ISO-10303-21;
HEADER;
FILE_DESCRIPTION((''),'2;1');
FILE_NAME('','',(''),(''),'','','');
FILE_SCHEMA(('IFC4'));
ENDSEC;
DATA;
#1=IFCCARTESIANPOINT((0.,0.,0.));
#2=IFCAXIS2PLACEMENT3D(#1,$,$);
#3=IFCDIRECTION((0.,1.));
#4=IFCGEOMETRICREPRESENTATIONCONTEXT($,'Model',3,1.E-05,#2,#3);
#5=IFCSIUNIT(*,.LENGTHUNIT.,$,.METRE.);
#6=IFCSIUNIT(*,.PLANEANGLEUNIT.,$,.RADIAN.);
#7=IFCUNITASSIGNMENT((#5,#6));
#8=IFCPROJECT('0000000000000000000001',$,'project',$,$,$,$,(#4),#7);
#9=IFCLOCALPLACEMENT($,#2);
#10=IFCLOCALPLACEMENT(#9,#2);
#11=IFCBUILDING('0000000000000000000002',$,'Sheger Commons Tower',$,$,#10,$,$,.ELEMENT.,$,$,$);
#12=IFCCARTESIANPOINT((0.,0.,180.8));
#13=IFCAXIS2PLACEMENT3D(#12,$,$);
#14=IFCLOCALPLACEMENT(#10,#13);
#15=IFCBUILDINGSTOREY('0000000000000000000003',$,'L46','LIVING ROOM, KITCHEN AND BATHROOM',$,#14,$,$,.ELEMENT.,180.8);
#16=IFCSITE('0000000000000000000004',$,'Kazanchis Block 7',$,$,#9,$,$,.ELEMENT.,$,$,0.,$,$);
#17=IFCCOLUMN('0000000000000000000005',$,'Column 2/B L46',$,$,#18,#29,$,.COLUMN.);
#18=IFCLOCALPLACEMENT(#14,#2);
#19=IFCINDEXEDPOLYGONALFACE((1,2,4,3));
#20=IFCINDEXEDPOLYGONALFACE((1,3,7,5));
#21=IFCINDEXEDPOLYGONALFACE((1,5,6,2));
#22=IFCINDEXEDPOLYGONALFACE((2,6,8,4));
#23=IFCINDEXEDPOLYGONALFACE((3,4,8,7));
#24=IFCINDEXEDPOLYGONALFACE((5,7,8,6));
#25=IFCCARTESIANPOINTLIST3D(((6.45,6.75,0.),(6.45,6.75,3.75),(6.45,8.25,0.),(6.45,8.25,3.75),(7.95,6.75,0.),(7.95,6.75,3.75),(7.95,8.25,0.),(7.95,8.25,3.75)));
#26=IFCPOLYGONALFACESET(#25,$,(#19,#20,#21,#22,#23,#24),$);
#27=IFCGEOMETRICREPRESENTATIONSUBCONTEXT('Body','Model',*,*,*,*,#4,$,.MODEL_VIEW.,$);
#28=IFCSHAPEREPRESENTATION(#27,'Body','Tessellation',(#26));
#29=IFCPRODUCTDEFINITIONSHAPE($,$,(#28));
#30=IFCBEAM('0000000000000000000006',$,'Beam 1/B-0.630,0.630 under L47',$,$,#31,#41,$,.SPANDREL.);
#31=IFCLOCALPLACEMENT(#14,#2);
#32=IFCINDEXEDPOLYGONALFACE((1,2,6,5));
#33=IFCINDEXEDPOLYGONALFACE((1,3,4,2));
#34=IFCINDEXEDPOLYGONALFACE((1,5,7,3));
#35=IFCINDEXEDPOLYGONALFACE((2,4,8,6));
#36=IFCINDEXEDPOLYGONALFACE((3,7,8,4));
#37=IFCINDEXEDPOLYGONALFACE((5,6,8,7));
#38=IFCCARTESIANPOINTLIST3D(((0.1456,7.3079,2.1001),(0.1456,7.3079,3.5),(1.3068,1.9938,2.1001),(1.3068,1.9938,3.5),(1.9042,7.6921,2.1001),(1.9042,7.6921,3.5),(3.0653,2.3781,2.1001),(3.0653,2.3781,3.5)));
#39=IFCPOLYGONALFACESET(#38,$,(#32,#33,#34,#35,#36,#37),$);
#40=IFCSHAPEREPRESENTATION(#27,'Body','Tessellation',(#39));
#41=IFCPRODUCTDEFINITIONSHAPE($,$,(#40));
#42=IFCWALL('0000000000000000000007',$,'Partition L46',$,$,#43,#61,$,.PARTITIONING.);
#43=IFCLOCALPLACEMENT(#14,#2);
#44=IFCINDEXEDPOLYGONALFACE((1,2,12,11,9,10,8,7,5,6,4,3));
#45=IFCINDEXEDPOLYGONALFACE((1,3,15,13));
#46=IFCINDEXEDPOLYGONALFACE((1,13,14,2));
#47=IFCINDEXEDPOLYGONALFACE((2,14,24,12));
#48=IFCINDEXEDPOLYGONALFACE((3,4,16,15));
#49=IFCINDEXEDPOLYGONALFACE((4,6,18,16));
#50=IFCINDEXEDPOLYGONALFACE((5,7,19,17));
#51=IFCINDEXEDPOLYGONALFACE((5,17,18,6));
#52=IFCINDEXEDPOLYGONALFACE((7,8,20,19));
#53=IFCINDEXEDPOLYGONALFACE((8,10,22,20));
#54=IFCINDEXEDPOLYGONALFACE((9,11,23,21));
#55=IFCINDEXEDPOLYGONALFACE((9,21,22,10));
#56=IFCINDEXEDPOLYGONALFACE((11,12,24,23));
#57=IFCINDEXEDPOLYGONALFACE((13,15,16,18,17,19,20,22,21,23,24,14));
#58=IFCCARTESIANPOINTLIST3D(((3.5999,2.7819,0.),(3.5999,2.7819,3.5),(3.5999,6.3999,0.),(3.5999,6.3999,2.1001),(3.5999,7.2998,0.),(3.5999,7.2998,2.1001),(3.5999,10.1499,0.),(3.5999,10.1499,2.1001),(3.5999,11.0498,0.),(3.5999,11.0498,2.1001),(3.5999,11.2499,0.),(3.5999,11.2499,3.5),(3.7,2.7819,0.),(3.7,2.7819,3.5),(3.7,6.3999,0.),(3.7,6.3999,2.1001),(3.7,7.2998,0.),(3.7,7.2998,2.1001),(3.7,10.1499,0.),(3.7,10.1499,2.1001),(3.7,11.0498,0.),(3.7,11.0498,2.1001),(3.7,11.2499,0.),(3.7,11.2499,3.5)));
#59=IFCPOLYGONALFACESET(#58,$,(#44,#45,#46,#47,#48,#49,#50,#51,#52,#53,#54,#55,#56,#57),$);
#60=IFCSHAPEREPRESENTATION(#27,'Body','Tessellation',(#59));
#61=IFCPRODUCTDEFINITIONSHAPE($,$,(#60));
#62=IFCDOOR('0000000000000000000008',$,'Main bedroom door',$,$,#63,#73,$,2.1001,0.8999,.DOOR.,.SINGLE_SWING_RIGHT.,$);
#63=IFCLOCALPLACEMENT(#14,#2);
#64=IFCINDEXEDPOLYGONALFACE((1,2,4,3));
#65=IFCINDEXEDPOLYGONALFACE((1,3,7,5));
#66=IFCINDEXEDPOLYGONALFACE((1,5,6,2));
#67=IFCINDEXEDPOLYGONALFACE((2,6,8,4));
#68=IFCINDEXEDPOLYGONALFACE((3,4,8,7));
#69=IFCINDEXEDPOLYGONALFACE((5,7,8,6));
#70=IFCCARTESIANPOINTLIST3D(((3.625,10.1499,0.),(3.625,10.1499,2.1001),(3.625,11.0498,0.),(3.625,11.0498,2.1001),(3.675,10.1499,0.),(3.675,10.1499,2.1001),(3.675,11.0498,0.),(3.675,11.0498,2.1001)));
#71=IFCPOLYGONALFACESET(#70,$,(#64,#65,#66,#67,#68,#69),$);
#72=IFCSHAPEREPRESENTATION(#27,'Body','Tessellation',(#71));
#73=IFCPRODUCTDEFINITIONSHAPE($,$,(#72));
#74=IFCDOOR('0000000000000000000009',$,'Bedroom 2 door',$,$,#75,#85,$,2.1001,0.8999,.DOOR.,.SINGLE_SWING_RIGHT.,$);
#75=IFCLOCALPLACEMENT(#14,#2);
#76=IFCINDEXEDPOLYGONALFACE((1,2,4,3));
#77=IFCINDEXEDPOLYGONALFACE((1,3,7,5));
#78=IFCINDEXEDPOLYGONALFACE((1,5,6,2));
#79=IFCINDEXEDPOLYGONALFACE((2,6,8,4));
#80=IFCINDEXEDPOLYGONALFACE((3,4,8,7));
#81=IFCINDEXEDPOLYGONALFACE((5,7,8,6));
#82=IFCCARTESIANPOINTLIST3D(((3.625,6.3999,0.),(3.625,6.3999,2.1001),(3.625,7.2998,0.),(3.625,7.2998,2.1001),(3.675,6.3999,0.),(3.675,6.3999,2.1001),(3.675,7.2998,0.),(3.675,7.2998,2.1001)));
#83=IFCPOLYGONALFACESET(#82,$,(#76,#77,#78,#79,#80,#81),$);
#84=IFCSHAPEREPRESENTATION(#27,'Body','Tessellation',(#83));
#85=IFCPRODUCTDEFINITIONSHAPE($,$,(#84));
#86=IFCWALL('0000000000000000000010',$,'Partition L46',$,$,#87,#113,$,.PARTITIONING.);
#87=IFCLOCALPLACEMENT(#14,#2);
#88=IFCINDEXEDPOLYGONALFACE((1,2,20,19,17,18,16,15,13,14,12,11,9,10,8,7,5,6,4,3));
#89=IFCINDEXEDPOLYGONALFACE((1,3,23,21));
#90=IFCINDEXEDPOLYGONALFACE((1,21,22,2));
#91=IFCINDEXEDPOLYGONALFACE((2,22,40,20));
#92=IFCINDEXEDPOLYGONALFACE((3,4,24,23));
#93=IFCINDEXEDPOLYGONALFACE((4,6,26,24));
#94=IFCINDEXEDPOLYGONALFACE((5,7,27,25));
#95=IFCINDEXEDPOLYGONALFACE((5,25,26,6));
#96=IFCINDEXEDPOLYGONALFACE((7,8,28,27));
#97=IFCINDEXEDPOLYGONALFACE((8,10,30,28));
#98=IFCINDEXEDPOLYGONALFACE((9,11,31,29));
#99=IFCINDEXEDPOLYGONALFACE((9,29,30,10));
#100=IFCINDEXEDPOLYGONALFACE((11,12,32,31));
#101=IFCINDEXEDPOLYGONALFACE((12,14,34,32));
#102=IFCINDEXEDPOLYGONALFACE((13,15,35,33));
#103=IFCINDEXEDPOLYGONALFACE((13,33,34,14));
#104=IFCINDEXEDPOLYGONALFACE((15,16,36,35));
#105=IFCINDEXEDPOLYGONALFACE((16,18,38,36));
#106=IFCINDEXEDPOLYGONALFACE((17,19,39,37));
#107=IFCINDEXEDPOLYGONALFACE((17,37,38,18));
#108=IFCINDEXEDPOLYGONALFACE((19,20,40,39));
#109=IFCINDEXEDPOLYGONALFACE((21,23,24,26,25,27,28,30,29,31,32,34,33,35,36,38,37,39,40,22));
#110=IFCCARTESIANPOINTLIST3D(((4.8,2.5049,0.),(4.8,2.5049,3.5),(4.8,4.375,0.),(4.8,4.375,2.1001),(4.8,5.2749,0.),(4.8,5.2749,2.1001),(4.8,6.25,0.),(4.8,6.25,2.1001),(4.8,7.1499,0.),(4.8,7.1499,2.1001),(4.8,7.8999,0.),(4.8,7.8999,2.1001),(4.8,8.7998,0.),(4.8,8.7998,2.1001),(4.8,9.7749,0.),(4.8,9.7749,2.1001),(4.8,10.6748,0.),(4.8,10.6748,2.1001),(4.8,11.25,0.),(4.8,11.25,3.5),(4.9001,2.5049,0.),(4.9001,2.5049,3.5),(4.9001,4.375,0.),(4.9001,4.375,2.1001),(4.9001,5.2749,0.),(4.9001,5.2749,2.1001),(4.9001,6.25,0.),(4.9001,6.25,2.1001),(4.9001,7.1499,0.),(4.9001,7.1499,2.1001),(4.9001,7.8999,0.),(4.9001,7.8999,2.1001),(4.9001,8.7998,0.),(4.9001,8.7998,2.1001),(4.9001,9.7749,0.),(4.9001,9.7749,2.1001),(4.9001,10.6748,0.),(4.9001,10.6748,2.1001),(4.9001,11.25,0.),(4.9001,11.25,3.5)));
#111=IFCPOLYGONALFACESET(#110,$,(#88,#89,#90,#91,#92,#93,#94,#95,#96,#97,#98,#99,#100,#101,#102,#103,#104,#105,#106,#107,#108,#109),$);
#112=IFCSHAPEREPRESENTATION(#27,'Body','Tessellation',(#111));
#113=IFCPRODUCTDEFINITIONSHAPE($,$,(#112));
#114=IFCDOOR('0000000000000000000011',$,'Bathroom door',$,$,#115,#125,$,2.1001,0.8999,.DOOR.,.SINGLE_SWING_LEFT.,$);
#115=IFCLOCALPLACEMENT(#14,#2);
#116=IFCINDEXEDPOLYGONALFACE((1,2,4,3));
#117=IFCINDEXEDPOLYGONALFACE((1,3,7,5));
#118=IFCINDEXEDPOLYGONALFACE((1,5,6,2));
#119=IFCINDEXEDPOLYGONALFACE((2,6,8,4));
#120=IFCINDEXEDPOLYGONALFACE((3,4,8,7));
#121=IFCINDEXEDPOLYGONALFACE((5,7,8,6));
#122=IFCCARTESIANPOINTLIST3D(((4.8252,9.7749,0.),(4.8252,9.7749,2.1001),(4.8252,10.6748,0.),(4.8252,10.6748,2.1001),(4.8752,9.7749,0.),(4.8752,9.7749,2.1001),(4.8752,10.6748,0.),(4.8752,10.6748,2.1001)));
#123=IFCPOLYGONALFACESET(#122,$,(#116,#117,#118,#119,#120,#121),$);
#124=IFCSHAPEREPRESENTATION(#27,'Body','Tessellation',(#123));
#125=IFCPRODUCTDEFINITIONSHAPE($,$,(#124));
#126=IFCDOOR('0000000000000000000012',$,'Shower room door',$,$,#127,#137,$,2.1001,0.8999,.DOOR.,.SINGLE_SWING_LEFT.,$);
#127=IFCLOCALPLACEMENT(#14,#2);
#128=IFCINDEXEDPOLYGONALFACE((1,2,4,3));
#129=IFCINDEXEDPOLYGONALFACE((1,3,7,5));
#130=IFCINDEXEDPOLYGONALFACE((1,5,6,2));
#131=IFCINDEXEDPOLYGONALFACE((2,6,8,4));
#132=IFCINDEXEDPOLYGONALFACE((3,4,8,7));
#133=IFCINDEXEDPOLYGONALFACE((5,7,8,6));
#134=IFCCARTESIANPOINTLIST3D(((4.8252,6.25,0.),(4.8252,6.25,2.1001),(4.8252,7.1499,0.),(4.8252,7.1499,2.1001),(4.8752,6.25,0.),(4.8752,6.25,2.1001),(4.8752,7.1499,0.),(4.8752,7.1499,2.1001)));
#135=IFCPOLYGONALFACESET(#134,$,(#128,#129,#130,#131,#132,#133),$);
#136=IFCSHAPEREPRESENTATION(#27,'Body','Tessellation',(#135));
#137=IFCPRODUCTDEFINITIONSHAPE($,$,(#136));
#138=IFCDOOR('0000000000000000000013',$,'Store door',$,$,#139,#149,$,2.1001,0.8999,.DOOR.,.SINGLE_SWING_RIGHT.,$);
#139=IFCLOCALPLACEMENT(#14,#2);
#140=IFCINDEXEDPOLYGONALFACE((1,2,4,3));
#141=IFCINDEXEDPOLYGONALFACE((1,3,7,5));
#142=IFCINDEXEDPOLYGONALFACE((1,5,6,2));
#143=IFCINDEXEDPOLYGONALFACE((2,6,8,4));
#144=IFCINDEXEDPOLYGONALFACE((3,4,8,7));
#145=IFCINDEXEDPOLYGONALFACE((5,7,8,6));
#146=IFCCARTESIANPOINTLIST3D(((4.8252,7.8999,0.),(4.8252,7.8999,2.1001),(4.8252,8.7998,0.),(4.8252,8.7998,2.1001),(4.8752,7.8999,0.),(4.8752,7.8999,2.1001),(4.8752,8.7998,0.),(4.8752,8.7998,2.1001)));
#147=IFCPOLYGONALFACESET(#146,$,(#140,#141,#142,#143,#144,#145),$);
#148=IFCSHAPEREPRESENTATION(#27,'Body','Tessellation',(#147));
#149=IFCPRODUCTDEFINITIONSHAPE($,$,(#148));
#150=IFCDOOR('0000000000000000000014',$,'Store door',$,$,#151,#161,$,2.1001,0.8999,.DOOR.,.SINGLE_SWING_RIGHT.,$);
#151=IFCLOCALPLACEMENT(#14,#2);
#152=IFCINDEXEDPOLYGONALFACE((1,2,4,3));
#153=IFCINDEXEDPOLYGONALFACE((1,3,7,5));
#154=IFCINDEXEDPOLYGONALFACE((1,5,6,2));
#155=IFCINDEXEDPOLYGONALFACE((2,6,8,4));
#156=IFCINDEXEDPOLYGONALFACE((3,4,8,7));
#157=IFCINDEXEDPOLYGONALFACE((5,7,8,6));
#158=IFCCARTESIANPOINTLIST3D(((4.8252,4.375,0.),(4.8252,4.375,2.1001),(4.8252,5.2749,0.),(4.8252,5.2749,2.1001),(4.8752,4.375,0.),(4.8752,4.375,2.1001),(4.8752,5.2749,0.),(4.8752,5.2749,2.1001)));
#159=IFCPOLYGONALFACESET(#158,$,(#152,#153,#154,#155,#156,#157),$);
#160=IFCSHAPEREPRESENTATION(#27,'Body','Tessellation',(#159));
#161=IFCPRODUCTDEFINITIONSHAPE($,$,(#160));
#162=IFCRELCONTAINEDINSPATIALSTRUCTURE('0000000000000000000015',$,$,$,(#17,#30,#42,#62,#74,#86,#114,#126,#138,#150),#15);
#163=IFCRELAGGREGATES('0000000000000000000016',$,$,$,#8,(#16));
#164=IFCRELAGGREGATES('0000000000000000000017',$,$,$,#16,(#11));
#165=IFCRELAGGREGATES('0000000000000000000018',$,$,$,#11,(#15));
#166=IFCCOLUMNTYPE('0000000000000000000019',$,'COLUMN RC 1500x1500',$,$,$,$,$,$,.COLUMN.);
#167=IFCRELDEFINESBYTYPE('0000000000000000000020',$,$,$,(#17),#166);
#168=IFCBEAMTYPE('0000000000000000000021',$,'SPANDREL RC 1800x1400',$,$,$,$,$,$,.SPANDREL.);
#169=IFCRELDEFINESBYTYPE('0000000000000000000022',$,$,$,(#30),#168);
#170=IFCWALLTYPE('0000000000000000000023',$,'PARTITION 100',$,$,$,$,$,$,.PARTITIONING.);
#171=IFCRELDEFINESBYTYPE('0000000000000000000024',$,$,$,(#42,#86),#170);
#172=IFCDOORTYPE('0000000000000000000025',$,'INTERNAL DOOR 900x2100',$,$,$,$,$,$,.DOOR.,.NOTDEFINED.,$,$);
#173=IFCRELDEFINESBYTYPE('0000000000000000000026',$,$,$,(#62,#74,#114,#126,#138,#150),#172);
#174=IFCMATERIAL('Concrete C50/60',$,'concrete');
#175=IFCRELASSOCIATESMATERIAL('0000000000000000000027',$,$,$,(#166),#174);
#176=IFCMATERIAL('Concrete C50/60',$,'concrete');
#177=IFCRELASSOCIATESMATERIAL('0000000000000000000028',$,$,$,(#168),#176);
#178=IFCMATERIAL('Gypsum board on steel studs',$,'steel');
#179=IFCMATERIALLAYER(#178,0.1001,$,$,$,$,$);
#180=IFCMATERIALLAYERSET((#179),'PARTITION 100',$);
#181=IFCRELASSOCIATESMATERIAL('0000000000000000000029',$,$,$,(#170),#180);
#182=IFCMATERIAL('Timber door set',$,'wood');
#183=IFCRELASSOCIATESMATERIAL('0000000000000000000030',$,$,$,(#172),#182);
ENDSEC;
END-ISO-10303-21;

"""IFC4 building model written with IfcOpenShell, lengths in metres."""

from ifc_helpers import new_model, si_unit, direction, frame, frame_2d, origin, origin_2d, place, context, subcontext, project, spatial, rectangle, extrude, material, layer, layer_set, material_profile, profile_set, type_object, element, fill, save


model = new_model("IFC4")

# Units and contexts
model_context = context("Model", 3, precision=1e-05, world=origin(), true_north=direction((0.0, 1.0)))
body_context = subcontext(model_context, "Body", "Model", "MODEL_VIEW")
ifc_project = project(units=[si_unit("LENGTHUNIT", "METRE"), si_unit("PLANEANGLEUNIT", "RADIAN")], contexts=[model_context])

# Site, building, storey
site_placement = place(None, origin())
site = spatial("IfcSite", under=ifc_project, at=site_placement, Name="Kazanchis Block 7", CompositionType="ELEMENT", RefElevation=0.0)
building_placement = place(site_placement, origin())
building = spatial("IfcBuilding", under=site, at=building_placement, Name="Sheger Commons Tower", CompositionType="ELEMENT")
storey_placement = place(building_placement, frame((0.0, 0.0, 180.8)))
storey = spatial("IfcBuildingStorey", under=building, at=storey_placement, Name="L46", Description="LIVING ROOM, KITCHEN AND BATHROOM", CompositionType="ELEMENT", Elevation=180.8)

# Column
ifc_material_1 = material(Name="Concrete C50/60", Category="concrete")
ifc_material_profile_1 = material_profile(ifc_material_1, rectangle(XDim=1.5, YDim=1.5, at=origin_2d()), Name="RC 1500x1500")
ifc_profile_set_1 = profile_set([ifc_material_profile_1], Name="Concrete C50/60")
column_type = type_object("IfcColumnType", Name="COLUMN RC 1500x1500", PredefinedType="COLUMN", material=ifc_profile_set_1)
column_placement = place(storey_placement, frame((7.2, 7.5, 0.0), z_axis=(0.0, 0.0, 1.0), x_axis=(1.0, 0.0, 0.0)))
element("IfcColumn", 1, at=column_placement, inside=storey, type_object=column_type, Name="Column 2/B L46", PredefinedType="COLUMN", context=body_context, shape_type="SweptSolid", body=[
    extrude(rectangle(XDim=1.5, YDim=1.5, at=origin_2d()), origin(), (0.0, 0.0, 1.0), 3.75),
])

# Beam
ifc_material_2 = material(Name="Concrete C50/60", Category="concrete")
ifc_material_profile_2 = material_profile(ifc_material_2, rectangle(XDim=1.8, YDim=1.3999, at=origin_2d()), Name="RC 1800x1400")
ifc_profile_set_2 = profile_set([ifc_material_profile_2], Name="Concrete C50/60")
beam_type = type_object("IfcBeamType", Name="SPANDREL RC 1800x1400", PredefinedType="SPANDREL", material=ifc_profile_set_2)
beam_placement = place(storey_placement, frame((1.0249, 7.5, 2.8), z_axis=(0.213469, -0.97695, 0.0), x_axis=(0.97695, 0.213469, 0.0)))
element("IfcBeam", 2, at=beam_placement, inside=storey, type_object=beam_type, Name="Beam 1/B-0.630,0.630 under L47", PredefinedType="SPANDREL", context=body_context, shape_type="SweptSolid", body=[
    extrude(rectangle(XDim=1.8, YDim=1.3999, at=origin_2d()), origin(), (0.0, 0.0, 1.0), 5.4395),
])

# Walls, openings, doors
ifc_material_3 = material(Name="Gypsum board on steel studs", Category="steel")
ifc_layer = layer(ifc_material_3, 0.1001)
ifc_layer_set = layer_set([ifc_layer], Name="PARTITION 100")
wall_type = type_object("IfcWallType", Name="PARTITION 100", PredefinedType="PARTITIONING", material=ifc_layer_set)
wall_1_placement = place(storey_placement, frame((3.6499, 2.782, 0.0), z_axis=(0.0, 0.0, 1.0), x_axis=(0.0, 1.0, 0.0)))
wall_1 = element("IfcWall", 3, at=wall_1_placement, inside=storey, type_object=wall_type, Name="Partition L46", PredefinedType="PARTITIONING", context=body_context, shape_type="SweptSolid", body=[
    extrude(rectangle(XDim=8.468, YDim=0.1001, at=frame_2d((4.2339, 0.0))), origin(), (0.0, 0.0, 1.0), 3.5),
])
opening_1_placement = place(wall_1_placement, frame((7.3679, 0.0, 0.0)))
opening_1 = element("IfcOpeningElement", 4, at=opening_1_placement, cuts=wall_1, PredefinedType="OPENING", context=body_context, shape_type="SweptSolid", body=[
    extrude(rectangle(XDim=0.8999, YDim=2.1001, at=frame_2d((0.45, 1.05))), frame((0.0, 0.0601, 0.0), z_axis=(0.0, -1.0, 0.0), x_axis=(1.0, 0.0, 0.0)), (0.0, 0.0, 1.0), 0.1201),
])
opening_2_placement = place(wall_1_placement, frame((3.6179, 0.0, 0.0)))
opening_2 = element("IfcOpeningElement", 5, at=opening_2_placement, cuts=wall_1, PredefinedType="OPENING", context=body_context, shape_type="SweptSolid", body=[
    extrude(rectangle(XDim=0.8999, YDim=2.1001, at=frame_2d((0.45, 1.05))), frame((0.0, 0.0601, 0.0), z_axis=(0.0, -1.0, 0.0), x_axis=(1.0, 0.0, 0.0)), (0.0, 0.0, 1.0), 0.1201),
])
ifc_material_4 = material(Name="Timber door set", Category="wood")
door_type = type_object("IfcDoorType", Name="INTERNAL DOOR 900x2100", OperationType="NOTDEFINED", PredefinedType="DOOR", material=ifc_material_4)
door_1_placement = place(opening_1_placement, origin())
door_1 = element("IfcDoor", 6, at=door_1_placement, inside=storey, type_object=door_type, Name="Main bedroom door", OperationType="SINGLE_SWING_RIGHT", OverallHeight=2.1001, OverallWidth=0.8999, PredefinedType="DOOR", context=body_context, shape_type="SweptSolid", body=[
    extrude(rectangle(XDim=0.8999, YDim=2.1001, at=frame_2d((0.45, 1.05))), frame((0.0, 0.0249, 0.0), z_axis=(0.0, -1.0, 0.0), x_axis=(1.0, 0.0, 0.0)), (0.0, 0.0, 1.0), 0.05),
])
fill(opening_1, door_1)
door_2_placement = place(opening_2_placement, origin())
door_2 = element("IfcDoor", 7, at=door_2_placement, inside=storey, type_object=door_type, Name="Bedroom 2 door", OperationType="SINGLE_SWING_RIGHT", OverallHeight=2.1001, OverallWidth=0.8999, PredefinedType="DOOR", context=body_context, shape_type="SweptSolid", body=[
    extrude(rectangle(XDim=0.8999, YDim=2.1001, at=frame_2d((0.45, 1.05))), frame((0.0, 0.0249, 0.0), z_axis=(0.0, -1.0, 0.0), x_axis=(1.0, 0.0, 0.0)), (0.0, 0.0, 1.0), 0.05),
])
fill(opening_2, door_2)
wall_2_placement = place(storey_placement, frame((4.8501, 2.5049, 0.0), z_axis=(0.0, 0.0, 1.0), x_axis=(0.0, 1.0, 0.0)))
wall_2 = element("IfcWall", 8, at=wall_2_placement, inside=storey, type_object=wall_type, Name="Partition L46", PredefinedType="PARTITIONING", context=body_context, shape_type="SweptSolid", body=[
    extrude(rectangle(XDim=8.7451, YDim=0.1001, at=frame_2d((4.3726, 0.0))), origin(), (0.0, 0.0, 1.0), 3.5),
])
opening_3_placement = place(wall_2_placement, frame((7.27, 0.0, 0.0)))
opening_3 = element("IfcOpeningElement", 9, at=opening_3_placement, cuts=wall_2, PredefinedType="OPENING", context=body_context, shape_type="SweptSolid", body=[
    extrude(rectangle(XDim=0.8999, YDim=2.1001, at=frame_2d((0.45, 1.05))), frame((0.0, 0.0601, 0.0), z_axis=(0.0, -1.0, 0.0), x_axis=(1.0, 0.0, 0.0)), (0.0, 0.0, 1.0), 0.1201),
])
opening_4_placement = place(wall_2_placement, frame((3.7451, 0.0, 0.0)))
opening_4 = element("IfcOpeningElement", 10, at=opening_4_placement, cuts=wall_2, PredefinedType="OPENING", context=body_context, shape_type="SweptSolid", body=[
    extrude(rectangle(XDim=0.8999, YDim=2.1001, at=frame_2d((0.45, 1.05))), frame((0.0, 0.0601, 0.0), z_axis=(0.0, -1.0, 0.0), x_axis=(1.0, 0.0, 0.0)), (0.0, 0.0, 1.0), 0.1201),
])
opening_5_placement = place(wall_2_placement, frame((5.395, 0.0, 0.0)))
opening_5 = element("IfcOpeningElement", 11, at=opening_5_placement, cuts=wall_2, PredefinedType="OPENING", context=body_context, shape_type="SweptSolid", body=[
    extrude(rectangle(XDim=0.8999, YDim=2.1001, at=frame_2d((0.45, 1.05))), frame((0.0, 0.0601, 0.0), z_axis=(0.0, -1.0, 0.0), x_axis=(1.0, 0.0, 0.0)), (0.0, 0.0, 1.0), 0.1201),
])
opening_6_placement = place(wall_2_placement, frame((1.8701, 0.0, 0.0)))
opening_6 = element("IfcOpeningElement", 12, at=opening_6_placement, cuts=wall_2, PredefinedType="OPENING", context=body_context, shape_type="SweptSolid", body=[
    extrude(rectangle(XDim=0.8999, YDim=2.1001, at=frame_2d((0.45, 1.05))), frame((0.0, 0.0601, 0.0), z_axis=(0.0, -1.0, 0.0), x_axis=(1.0, 0.0, 0.0)), (0.0, 0.0, 1.0), 0.1201),
])
door_3_placement = place(opening_3_placement, origin())
door_3 = element("IfcDoor", 13, at=door_3_placement, inside=storey, type_object=door_type, Name="Bathroom door", OperationType="SINGLE_SWING_LEFT", OverallHeight=2.1001, OverallWidth=0.8999, PredefinedType="DOOR", context=body_context, shape_type="SweptSolid", body=[
    extrude(rectangle(XDim=0.8999, YDim=2.1001, at=frame_2d((0.45, 1.05))), frame((0.0, 0.0249, 0.0), z_axis=(0.0, -1.0, 0.0), x_axis=(1.0, 0.0, 0.0)), (0.0, 0.0, 1.0), 0.05),
])
fill(opening_3, door_3)
door_4_placement = place(opening_4_placement, origin())
door_4 = element("IfcDoor", 14, at=door_4_placement, inside=storey, type_object=door_type, Name="Shower room door", OperationType="SINGLE_SWING_LEFT", OverallHeight=2.1001, OverallWidth=0.8999, PredefinedType="DOOR", context=body_context, shape_type="SweptSolid", body=[
    extrude(rectangle(XDim=0.8999, YDim=2.1001, at=frame_2d((0.45, 1.05))), frame((0.0, 0.0249, 0.0), z_axis=(0.0, -1.0, 0.0), x_axis=(1.0, 0.0, 0.0)), (0.0, 0.0, 1.0), 0.05),
])
fill(opening_4, door_4)
door_5_placement = place(opening_5_placement, origin())
door_5 = element("IfcDoor", 15, at=door_5_placement, inside=storey, type_object=door_type, Name="Store door", OperationType="SINGLE_SWING_RIGHT", OverallHeight=2.1001, OverallWidth=0.8999, PredefinedType="DOOR", context=body_context, shape_type="SweptSolid", body=[
    extrude(rectangle(XDim=0.8999, YDim=2.1001, at=frame_2d((0.45, 1.05))), frame((0.0, 0.0249, 0.0), z_axis=(0.0, -1.0, 0.0), x_axis=(1.0, 0.0, 0.0)), (0.0, 0.0, 1.0), 0.05),
])
fill(opening_5, door_5)
door_6_placement = place(opening_6_placement, origin())
door_6 = element("IfcDoor", 16, at=door_6_placement, inside=storey, type_object=door_type, Name="Store door", OperationType="SINGLE_SWING_RIGHT", OverallHeight=2.1001, OverallWidth=0.8999, PredefinedType="DOOR", context=body_context, shape_type="SweptSolid", body=[
    extrude(rectangle(XDim=0.8999, YDim=2.1001, at=frame_2d((0.45, 1.05))), frame((0.0, 0.0249, 0.0), z_axis=(0.0, -1.0, 0.0), x_axis=(1.0, 0.0, 0.0)), (0.0, 0.0, 1.0), 0.05),
])
fill(opening_6, door_6)

save(model, "model.ifc")
